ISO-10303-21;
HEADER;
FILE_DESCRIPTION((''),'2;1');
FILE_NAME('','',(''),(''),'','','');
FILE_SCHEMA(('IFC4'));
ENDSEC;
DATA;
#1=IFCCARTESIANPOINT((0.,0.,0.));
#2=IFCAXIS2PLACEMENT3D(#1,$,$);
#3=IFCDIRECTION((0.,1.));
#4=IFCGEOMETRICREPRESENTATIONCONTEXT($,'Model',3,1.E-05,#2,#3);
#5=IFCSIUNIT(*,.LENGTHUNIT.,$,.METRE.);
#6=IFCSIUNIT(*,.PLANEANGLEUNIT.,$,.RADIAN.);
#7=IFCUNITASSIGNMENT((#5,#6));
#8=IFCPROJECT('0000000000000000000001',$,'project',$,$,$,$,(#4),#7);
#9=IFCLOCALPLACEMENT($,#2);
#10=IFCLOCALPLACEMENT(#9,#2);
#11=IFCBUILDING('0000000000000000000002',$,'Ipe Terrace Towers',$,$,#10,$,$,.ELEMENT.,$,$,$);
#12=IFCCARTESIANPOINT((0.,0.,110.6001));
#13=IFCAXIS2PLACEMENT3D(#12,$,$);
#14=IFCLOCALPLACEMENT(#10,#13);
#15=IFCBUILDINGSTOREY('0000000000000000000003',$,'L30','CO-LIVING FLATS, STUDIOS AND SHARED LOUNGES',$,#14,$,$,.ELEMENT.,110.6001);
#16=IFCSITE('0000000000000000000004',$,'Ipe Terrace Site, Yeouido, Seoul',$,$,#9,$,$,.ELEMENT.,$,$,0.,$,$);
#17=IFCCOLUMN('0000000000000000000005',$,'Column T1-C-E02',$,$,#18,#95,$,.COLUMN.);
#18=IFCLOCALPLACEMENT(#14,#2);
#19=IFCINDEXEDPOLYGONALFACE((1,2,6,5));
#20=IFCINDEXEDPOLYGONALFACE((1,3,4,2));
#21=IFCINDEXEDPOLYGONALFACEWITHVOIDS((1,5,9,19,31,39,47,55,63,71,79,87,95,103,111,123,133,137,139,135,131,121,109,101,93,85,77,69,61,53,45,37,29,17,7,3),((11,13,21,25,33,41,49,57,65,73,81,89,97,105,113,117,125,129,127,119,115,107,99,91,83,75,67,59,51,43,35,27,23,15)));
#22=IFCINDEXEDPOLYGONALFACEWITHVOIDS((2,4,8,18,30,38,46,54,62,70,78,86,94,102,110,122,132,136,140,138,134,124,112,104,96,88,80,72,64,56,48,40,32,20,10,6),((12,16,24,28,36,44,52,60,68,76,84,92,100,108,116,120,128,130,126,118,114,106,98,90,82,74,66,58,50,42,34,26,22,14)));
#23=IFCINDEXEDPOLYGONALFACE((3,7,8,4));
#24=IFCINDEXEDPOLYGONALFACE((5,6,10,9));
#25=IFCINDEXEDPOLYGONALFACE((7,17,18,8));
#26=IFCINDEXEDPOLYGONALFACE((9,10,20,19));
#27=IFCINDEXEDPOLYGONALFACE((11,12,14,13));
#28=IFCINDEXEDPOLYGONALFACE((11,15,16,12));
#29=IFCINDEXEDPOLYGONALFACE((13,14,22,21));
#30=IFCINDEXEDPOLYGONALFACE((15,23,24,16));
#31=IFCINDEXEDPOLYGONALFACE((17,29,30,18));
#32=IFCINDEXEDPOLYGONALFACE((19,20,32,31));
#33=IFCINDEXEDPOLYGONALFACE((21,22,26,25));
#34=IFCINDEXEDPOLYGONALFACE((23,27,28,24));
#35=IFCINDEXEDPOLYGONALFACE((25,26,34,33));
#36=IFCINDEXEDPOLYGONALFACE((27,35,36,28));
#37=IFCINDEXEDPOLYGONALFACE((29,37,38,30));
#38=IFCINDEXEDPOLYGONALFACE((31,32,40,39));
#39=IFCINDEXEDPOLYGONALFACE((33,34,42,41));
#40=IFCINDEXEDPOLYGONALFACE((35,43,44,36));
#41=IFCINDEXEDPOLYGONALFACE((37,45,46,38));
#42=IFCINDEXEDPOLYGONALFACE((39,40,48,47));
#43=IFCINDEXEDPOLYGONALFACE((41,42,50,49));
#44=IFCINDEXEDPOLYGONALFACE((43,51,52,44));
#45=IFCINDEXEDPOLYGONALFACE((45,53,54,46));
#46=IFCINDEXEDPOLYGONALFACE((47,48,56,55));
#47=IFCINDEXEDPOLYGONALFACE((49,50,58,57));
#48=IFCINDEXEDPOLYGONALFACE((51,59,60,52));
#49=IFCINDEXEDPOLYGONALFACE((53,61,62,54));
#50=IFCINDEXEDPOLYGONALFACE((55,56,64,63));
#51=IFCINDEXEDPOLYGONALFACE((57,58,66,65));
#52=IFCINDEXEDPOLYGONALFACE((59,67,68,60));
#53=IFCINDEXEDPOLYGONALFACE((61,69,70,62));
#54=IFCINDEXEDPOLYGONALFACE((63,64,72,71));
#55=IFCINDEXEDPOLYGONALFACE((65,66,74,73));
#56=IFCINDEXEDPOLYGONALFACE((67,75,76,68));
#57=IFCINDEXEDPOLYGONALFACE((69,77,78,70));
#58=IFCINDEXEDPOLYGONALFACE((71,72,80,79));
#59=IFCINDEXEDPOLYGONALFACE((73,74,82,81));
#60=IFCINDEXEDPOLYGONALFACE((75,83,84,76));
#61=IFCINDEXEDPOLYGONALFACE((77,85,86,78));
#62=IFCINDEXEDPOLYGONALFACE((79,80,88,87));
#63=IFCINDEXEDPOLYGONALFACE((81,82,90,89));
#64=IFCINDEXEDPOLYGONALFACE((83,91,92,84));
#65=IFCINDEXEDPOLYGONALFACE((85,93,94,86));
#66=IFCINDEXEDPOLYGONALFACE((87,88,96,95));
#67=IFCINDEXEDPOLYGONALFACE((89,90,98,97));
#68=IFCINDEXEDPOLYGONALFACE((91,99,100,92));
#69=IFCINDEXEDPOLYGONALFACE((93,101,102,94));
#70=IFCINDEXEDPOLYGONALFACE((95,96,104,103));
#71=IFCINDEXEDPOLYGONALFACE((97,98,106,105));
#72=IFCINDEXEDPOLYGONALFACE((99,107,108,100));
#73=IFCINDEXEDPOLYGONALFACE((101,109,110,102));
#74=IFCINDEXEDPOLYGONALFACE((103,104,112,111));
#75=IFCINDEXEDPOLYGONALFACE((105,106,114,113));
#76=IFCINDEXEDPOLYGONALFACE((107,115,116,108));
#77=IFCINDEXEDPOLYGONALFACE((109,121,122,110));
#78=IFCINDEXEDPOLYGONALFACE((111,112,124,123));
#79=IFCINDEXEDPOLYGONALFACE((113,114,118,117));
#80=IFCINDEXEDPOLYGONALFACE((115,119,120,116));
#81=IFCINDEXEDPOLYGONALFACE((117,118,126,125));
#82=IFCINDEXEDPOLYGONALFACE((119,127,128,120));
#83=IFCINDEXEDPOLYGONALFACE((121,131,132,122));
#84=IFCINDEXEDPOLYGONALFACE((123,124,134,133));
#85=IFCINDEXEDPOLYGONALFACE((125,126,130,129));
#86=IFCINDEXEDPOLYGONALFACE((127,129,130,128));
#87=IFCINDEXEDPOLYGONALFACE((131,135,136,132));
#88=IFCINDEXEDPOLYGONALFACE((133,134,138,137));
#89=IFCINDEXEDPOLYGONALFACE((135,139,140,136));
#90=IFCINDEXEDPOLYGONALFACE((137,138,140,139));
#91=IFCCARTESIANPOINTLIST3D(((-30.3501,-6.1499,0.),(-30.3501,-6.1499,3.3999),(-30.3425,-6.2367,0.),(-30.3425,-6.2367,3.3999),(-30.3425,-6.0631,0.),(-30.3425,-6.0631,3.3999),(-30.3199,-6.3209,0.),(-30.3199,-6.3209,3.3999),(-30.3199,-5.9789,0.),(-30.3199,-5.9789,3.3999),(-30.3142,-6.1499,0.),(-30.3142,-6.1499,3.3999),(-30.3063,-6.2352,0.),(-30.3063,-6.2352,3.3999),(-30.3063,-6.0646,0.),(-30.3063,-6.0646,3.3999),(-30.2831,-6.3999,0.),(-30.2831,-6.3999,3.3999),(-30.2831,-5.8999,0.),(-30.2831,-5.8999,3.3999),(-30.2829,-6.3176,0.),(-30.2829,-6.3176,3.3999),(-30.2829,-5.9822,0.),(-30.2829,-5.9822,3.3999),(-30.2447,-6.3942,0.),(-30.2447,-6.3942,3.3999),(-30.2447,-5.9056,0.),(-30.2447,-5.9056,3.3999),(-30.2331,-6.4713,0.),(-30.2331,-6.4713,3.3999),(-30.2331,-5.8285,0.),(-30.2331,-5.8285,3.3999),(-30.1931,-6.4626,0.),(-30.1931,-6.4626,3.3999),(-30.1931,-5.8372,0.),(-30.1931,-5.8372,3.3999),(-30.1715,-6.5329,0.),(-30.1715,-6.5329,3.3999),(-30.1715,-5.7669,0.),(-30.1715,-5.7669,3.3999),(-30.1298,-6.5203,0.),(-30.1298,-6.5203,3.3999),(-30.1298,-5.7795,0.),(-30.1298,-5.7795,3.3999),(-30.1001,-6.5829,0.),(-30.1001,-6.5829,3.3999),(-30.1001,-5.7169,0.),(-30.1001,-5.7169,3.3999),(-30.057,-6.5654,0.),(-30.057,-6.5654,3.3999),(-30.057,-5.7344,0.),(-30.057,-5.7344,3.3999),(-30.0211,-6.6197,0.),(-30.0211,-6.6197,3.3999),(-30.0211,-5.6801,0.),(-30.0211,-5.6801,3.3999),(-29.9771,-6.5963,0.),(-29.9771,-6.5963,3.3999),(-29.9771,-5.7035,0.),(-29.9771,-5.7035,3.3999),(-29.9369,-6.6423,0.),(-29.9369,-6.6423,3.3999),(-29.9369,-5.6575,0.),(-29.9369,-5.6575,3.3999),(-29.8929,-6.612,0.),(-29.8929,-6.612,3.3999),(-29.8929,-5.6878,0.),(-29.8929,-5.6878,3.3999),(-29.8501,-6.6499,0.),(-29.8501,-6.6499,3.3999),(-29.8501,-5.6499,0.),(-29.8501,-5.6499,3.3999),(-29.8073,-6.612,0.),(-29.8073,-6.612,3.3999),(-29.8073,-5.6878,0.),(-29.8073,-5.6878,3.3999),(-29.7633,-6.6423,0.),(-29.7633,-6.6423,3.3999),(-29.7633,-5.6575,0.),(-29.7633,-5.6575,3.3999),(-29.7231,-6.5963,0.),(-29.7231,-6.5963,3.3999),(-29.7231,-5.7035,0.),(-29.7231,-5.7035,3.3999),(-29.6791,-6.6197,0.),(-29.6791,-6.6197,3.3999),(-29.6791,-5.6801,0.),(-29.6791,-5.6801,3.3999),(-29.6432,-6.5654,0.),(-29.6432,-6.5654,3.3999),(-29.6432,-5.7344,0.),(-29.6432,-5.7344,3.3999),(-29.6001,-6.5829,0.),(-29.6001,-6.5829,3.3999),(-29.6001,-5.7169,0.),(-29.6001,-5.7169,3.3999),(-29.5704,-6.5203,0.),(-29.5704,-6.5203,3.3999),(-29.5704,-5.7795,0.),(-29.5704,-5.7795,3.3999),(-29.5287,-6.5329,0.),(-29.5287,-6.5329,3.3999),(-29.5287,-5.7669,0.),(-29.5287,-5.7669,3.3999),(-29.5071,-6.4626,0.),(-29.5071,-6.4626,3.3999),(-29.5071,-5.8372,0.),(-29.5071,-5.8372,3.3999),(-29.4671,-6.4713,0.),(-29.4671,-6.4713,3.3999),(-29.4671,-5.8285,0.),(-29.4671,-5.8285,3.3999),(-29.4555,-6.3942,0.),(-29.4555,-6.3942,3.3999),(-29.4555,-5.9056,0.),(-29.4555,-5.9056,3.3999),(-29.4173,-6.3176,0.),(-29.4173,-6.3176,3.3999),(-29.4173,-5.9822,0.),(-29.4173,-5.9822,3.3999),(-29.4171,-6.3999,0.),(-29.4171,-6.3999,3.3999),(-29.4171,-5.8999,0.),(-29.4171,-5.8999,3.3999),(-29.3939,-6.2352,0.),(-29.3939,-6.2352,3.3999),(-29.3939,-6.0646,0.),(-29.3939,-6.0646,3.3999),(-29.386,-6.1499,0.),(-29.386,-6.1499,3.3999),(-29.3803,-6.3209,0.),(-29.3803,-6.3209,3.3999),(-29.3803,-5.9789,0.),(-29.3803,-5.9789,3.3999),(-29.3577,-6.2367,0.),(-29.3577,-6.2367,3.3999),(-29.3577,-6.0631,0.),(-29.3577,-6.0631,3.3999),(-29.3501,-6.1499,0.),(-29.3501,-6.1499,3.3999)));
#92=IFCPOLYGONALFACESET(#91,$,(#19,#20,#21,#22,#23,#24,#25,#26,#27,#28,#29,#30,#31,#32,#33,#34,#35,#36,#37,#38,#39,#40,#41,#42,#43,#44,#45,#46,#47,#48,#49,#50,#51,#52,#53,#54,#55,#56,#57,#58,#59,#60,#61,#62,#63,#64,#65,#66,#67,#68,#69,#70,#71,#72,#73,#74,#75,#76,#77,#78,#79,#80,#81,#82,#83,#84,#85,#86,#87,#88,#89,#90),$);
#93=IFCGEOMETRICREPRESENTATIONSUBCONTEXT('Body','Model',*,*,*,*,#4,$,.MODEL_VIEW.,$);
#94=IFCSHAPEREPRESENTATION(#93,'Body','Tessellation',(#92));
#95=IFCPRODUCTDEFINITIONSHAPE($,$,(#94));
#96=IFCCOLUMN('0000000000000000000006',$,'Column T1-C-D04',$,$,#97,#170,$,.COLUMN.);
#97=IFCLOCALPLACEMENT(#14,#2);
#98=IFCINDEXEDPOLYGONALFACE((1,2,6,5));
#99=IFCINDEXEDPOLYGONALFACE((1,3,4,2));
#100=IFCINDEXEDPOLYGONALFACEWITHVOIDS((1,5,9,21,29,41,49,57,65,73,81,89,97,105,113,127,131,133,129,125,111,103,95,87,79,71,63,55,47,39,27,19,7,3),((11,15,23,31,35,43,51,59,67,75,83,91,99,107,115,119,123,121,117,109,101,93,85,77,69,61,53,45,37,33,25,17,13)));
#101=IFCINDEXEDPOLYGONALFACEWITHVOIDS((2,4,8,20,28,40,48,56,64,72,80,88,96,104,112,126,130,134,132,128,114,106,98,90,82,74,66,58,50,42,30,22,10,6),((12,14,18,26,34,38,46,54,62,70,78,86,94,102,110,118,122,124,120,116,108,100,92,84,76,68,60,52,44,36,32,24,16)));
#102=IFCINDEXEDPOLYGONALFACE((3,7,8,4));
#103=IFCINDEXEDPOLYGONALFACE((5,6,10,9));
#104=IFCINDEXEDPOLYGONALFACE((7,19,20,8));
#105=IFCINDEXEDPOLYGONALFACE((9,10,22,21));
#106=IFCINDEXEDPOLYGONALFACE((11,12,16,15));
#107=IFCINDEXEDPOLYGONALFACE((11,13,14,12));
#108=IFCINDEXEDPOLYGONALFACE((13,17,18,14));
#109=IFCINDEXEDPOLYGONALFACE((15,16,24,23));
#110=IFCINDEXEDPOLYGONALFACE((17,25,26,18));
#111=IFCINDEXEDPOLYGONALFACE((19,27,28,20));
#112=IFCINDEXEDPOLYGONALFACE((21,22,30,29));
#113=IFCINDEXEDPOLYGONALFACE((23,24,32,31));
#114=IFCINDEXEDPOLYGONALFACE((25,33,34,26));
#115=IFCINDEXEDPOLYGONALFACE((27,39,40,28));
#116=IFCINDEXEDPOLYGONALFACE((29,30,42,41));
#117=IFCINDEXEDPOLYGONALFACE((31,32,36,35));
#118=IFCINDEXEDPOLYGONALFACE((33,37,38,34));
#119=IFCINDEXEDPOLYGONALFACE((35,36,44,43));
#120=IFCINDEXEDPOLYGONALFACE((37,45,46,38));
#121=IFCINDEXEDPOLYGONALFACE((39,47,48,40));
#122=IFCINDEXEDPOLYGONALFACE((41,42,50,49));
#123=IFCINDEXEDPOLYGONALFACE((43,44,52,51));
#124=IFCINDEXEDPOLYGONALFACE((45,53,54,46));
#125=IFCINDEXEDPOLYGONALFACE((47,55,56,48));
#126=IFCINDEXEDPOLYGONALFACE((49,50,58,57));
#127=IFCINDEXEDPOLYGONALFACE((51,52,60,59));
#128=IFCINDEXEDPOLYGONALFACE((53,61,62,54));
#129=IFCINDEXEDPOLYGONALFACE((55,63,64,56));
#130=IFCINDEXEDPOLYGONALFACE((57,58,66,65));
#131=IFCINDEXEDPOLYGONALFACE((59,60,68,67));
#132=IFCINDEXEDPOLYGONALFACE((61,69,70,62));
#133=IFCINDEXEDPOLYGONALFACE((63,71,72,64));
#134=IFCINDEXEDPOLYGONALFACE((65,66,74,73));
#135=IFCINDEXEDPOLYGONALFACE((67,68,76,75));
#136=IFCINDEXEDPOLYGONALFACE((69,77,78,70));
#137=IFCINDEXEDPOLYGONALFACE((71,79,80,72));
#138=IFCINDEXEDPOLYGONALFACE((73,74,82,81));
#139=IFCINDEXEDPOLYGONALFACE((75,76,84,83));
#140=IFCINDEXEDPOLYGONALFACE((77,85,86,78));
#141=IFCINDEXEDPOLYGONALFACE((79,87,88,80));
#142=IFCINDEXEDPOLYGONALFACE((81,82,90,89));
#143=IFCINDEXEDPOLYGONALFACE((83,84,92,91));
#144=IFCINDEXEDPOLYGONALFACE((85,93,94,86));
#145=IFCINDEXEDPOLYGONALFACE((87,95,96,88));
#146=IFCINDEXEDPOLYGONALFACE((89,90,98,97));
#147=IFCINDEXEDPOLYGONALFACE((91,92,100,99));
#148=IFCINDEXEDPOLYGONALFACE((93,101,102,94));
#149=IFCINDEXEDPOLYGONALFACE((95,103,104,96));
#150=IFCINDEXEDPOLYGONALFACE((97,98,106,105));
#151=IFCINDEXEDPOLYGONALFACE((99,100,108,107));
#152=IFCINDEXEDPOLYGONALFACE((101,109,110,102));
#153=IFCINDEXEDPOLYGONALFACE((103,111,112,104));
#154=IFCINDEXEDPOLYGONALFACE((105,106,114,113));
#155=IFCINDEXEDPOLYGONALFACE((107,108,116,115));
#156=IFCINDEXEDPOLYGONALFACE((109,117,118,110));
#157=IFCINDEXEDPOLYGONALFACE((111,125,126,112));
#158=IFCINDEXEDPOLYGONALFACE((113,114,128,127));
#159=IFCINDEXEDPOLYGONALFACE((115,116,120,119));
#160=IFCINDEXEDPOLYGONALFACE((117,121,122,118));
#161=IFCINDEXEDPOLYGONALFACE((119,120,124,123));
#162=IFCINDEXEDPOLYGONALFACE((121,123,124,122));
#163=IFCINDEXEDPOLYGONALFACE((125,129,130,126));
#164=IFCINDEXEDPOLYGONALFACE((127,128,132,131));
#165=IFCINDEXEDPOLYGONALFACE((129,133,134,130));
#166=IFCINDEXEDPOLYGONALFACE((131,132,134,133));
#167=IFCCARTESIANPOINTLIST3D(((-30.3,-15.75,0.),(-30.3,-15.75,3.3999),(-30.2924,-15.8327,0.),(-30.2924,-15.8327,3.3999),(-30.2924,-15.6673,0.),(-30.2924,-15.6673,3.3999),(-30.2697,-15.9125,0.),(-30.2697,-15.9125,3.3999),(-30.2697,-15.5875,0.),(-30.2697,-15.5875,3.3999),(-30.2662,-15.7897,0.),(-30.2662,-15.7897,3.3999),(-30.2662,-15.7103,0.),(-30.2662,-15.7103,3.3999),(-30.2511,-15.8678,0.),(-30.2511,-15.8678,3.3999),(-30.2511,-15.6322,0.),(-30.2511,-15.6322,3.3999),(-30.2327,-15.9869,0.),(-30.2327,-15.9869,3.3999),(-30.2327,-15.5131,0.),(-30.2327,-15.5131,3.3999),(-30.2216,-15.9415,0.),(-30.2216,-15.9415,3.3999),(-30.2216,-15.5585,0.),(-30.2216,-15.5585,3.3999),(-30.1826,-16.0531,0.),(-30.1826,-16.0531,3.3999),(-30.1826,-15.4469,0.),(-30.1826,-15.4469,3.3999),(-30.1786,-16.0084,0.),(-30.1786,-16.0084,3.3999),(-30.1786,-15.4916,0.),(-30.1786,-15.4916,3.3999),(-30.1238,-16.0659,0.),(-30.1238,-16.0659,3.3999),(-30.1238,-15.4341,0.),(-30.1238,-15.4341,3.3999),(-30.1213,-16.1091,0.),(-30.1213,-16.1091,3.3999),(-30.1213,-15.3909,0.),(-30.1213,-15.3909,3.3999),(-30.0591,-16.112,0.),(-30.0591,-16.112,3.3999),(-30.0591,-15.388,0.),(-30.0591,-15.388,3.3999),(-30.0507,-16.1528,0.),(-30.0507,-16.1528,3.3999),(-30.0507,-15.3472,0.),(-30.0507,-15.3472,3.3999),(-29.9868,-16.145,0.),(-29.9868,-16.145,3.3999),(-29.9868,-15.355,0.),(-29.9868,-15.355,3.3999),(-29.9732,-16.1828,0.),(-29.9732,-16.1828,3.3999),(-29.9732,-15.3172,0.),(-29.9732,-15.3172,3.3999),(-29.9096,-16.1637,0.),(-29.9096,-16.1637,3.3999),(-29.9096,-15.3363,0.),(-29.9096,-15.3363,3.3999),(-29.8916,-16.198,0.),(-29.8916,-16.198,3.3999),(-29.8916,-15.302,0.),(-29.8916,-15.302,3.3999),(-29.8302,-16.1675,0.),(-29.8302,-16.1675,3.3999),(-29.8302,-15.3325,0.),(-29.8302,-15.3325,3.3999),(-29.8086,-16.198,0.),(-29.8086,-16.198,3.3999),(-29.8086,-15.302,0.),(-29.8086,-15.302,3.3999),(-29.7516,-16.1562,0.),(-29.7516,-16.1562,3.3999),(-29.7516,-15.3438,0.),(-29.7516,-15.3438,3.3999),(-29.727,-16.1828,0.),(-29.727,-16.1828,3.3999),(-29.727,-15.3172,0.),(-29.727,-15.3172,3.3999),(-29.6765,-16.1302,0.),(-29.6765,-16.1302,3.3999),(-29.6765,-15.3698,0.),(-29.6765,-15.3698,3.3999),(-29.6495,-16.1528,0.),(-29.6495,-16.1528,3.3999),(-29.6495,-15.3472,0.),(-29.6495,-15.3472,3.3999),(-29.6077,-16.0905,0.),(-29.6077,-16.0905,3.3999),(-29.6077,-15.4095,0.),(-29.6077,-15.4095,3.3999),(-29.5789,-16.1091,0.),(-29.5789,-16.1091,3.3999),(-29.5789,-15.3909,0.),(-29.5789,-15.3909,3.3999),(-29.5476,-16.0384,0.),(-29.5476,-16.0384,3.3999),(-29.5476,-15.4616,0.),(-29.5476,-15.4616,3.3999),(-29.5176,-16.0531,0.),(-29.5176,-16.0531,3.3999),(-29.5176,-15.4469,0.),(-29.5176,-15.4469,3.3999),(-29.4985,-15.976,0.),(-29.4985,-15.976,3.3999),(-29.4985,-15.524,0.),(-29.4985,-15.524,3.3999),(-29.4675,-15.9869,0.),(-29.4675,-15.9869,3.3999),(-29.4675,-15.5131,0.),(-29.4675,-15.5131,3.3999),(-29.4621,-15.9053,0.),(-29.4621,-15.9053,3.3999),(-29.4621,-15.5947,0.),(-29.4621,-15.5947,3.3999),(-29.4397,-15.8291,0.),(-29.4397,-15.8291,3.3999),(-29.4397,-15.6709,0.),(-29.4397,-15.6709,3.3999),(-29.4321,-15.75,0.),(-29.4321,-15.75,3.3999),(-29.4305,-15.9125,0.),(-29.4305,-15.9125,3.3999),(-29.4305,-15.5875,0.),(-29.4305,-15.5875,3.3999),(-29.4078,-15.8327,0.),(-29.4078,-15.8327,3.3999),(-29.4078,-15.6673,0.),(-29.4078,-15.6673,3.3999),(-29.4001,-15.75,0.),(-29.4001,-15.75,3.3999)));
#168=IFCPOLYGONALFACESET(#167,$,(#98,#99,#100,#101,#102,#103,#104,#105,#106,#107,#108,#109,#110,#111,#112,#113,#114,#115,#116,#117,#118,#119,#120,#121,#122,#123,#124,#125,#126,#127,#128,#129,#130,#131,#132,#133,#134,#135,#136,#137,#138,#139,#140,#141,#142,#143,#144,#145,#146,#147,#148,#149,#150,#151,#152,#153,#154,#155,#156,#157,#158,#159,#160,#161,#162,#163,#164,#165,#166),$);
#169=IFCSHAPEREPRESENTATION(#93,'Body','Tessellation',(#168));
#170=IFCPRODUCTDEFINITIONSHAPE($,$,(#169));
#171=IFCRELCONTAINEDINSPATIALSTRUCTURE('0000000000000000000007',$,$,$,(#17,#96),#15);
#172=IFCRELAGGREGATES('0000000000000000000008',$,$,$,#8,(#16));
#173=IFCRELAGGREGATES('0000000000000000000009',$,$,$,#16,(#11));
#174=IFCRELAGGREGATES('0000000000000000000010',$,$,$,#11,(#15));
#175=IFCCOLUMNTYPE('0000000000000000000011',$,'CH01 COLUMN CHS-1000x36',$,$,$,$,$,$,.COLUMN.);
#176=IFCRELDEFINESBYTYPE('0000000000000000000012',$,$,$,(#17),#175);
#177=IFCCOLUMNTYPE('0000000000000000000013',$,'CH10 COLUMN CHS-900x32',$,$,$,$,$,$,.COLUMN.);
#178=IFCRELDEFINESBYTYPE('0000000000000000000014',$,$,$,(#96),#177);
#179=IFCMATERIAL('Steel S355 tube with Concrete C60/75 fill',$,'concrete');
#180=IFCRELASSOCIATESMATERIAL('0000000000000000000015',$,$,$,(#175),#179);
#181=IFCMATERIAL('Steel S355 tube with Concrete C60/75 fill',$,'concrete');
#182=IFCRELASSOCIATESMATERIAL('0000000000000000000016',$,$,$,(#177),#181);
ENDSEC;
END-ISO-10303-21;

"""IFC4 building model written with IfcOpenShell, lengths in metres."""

from ifc_helpers import new_model, si_unit, direction, frame, origin, origin_2d, place, context, subcontext, project, spatial, hollow_circle, extrude, material, material_profile, profile_set, type_object, element, save


model = new_model("IFC4")

# Units and contexts
model_context = context("Model", 3, precision=1e-05, world=origin(), true_north=direction((0.0, 1.0)))
body_context = subcontext(model_context, "Body", "Model", "MODEL_VIEW")
ifc_project = project(units=[si_unit("LENGTHUNIT", "METRE"), si_unit("PLANEANGLEUNIT", "RADIAN")], contexts=[model_context])

# Site, building, storey
site_placement = place(None, origin())
site = spatial("IfcSite", under=ifc_project, at=site_placement, Name="Ipe Terrace Site, Yeouido, Seoul", CompositionType="ELEMENT", RefElevation=0.0)
building_placement = place(site_placement, origin())
building = spatial("IfcBuilding", under=site, at=building_placement, Name="Ipe Terrace Towers", CompositionType="ELEMENT")
storey_placement = place(building_placement, frame((0.0, 0.0, 110.6001)))
storey = spatial("IfcBuildingStorey", under=building, at=storey_placement, Name="L30", Description="CO-LIVING FLATS, STUDIOS AND SHARED LOUNGES", CompositionType="ELEMENT", Elevation=110.6001)

# Columns
ifc_material_1 = material(Name="Steel S355 tube with Concrete C60/75 fill", Category="concrete")
ifc_material_profile_1 = material_profile(ifc_material_1, hollow_circle(Radius=0.5, WallThickness=0.0359, at=origin_2d()), Name="CHS-1000x36")
ifc_profile_set_1 = profile_set([ifc_material_profile_1], Name="Steel S355 tube with Concrete C60/75 fill")
column_type_1 = type_object("IfcColumnType", Name="CH01 COLUMN CHS-1000x36", PredefinedType="COLUMN", material=ifc_profile_set_1)
column_placement = place(storey_placement, frame((-29.8501, -6.1499, 0.0), z_axis=(0.0, 0.0, 1.0), x_axis=(1.0, 0.0, 0.0)))
element("IfcColumn", 1, at=column_placement, inside=storey, type_object=column_type_1, Name="Column T1-C-E02", PredefinedType="COLUMN", context=body_context, shape_type="SweptSolid", body=[
    extrude(hollow_circle(Radius=0.5, WallThickness=0.0359, at=origin_2d()), origin(), (0.0, 0.0, 1.0), 3.3999),
])
ifc_material_2 = material(Name="Steel S355 tube with Concrete C60/75 fill", Category="concrete")
ifc_material_profile_2 = material_profile(ifc_material_2, hollow_circle(Radius=0.45, WallThickness=0.032, at=origin_2d()), Name="CHS-900x32")
ifc_profile_set_2 = profile_set([ifc_material_profile_2], Name="Steel S355 tube with Concrete C60/75 fill")
column_type_2 = type_object("IfcColumnType", Name="CH10 COLUMN CHS-900x32", PredefinedType="COLUMN", material=ifc_profile_set_2)
for number, where, z_axis, x_axis, name in (
    (2, (-29.8501, -15.75, 0.0), (0.0, 0.0, 1.0), (1.0, 0.0, 0.0), "Column T1-C-D04"),
):
    element("IfcColumn", number, at=place(storey_placement, frame(where, z_axis=z_axis, x_axis=x_axis)), inside=storey, type_object=column_type_2, Name=name, PredefinedType="COLUMN", context=body_context, shape_type="SweptSolid", body=[
        extrude(hollow_circle(Radius=0.45, WallThickness=0.032, at=origin_2d()), origin(), (0.0, 0.0, 1.0), 3.3999),
    ])

save(model, "model.ifc")
